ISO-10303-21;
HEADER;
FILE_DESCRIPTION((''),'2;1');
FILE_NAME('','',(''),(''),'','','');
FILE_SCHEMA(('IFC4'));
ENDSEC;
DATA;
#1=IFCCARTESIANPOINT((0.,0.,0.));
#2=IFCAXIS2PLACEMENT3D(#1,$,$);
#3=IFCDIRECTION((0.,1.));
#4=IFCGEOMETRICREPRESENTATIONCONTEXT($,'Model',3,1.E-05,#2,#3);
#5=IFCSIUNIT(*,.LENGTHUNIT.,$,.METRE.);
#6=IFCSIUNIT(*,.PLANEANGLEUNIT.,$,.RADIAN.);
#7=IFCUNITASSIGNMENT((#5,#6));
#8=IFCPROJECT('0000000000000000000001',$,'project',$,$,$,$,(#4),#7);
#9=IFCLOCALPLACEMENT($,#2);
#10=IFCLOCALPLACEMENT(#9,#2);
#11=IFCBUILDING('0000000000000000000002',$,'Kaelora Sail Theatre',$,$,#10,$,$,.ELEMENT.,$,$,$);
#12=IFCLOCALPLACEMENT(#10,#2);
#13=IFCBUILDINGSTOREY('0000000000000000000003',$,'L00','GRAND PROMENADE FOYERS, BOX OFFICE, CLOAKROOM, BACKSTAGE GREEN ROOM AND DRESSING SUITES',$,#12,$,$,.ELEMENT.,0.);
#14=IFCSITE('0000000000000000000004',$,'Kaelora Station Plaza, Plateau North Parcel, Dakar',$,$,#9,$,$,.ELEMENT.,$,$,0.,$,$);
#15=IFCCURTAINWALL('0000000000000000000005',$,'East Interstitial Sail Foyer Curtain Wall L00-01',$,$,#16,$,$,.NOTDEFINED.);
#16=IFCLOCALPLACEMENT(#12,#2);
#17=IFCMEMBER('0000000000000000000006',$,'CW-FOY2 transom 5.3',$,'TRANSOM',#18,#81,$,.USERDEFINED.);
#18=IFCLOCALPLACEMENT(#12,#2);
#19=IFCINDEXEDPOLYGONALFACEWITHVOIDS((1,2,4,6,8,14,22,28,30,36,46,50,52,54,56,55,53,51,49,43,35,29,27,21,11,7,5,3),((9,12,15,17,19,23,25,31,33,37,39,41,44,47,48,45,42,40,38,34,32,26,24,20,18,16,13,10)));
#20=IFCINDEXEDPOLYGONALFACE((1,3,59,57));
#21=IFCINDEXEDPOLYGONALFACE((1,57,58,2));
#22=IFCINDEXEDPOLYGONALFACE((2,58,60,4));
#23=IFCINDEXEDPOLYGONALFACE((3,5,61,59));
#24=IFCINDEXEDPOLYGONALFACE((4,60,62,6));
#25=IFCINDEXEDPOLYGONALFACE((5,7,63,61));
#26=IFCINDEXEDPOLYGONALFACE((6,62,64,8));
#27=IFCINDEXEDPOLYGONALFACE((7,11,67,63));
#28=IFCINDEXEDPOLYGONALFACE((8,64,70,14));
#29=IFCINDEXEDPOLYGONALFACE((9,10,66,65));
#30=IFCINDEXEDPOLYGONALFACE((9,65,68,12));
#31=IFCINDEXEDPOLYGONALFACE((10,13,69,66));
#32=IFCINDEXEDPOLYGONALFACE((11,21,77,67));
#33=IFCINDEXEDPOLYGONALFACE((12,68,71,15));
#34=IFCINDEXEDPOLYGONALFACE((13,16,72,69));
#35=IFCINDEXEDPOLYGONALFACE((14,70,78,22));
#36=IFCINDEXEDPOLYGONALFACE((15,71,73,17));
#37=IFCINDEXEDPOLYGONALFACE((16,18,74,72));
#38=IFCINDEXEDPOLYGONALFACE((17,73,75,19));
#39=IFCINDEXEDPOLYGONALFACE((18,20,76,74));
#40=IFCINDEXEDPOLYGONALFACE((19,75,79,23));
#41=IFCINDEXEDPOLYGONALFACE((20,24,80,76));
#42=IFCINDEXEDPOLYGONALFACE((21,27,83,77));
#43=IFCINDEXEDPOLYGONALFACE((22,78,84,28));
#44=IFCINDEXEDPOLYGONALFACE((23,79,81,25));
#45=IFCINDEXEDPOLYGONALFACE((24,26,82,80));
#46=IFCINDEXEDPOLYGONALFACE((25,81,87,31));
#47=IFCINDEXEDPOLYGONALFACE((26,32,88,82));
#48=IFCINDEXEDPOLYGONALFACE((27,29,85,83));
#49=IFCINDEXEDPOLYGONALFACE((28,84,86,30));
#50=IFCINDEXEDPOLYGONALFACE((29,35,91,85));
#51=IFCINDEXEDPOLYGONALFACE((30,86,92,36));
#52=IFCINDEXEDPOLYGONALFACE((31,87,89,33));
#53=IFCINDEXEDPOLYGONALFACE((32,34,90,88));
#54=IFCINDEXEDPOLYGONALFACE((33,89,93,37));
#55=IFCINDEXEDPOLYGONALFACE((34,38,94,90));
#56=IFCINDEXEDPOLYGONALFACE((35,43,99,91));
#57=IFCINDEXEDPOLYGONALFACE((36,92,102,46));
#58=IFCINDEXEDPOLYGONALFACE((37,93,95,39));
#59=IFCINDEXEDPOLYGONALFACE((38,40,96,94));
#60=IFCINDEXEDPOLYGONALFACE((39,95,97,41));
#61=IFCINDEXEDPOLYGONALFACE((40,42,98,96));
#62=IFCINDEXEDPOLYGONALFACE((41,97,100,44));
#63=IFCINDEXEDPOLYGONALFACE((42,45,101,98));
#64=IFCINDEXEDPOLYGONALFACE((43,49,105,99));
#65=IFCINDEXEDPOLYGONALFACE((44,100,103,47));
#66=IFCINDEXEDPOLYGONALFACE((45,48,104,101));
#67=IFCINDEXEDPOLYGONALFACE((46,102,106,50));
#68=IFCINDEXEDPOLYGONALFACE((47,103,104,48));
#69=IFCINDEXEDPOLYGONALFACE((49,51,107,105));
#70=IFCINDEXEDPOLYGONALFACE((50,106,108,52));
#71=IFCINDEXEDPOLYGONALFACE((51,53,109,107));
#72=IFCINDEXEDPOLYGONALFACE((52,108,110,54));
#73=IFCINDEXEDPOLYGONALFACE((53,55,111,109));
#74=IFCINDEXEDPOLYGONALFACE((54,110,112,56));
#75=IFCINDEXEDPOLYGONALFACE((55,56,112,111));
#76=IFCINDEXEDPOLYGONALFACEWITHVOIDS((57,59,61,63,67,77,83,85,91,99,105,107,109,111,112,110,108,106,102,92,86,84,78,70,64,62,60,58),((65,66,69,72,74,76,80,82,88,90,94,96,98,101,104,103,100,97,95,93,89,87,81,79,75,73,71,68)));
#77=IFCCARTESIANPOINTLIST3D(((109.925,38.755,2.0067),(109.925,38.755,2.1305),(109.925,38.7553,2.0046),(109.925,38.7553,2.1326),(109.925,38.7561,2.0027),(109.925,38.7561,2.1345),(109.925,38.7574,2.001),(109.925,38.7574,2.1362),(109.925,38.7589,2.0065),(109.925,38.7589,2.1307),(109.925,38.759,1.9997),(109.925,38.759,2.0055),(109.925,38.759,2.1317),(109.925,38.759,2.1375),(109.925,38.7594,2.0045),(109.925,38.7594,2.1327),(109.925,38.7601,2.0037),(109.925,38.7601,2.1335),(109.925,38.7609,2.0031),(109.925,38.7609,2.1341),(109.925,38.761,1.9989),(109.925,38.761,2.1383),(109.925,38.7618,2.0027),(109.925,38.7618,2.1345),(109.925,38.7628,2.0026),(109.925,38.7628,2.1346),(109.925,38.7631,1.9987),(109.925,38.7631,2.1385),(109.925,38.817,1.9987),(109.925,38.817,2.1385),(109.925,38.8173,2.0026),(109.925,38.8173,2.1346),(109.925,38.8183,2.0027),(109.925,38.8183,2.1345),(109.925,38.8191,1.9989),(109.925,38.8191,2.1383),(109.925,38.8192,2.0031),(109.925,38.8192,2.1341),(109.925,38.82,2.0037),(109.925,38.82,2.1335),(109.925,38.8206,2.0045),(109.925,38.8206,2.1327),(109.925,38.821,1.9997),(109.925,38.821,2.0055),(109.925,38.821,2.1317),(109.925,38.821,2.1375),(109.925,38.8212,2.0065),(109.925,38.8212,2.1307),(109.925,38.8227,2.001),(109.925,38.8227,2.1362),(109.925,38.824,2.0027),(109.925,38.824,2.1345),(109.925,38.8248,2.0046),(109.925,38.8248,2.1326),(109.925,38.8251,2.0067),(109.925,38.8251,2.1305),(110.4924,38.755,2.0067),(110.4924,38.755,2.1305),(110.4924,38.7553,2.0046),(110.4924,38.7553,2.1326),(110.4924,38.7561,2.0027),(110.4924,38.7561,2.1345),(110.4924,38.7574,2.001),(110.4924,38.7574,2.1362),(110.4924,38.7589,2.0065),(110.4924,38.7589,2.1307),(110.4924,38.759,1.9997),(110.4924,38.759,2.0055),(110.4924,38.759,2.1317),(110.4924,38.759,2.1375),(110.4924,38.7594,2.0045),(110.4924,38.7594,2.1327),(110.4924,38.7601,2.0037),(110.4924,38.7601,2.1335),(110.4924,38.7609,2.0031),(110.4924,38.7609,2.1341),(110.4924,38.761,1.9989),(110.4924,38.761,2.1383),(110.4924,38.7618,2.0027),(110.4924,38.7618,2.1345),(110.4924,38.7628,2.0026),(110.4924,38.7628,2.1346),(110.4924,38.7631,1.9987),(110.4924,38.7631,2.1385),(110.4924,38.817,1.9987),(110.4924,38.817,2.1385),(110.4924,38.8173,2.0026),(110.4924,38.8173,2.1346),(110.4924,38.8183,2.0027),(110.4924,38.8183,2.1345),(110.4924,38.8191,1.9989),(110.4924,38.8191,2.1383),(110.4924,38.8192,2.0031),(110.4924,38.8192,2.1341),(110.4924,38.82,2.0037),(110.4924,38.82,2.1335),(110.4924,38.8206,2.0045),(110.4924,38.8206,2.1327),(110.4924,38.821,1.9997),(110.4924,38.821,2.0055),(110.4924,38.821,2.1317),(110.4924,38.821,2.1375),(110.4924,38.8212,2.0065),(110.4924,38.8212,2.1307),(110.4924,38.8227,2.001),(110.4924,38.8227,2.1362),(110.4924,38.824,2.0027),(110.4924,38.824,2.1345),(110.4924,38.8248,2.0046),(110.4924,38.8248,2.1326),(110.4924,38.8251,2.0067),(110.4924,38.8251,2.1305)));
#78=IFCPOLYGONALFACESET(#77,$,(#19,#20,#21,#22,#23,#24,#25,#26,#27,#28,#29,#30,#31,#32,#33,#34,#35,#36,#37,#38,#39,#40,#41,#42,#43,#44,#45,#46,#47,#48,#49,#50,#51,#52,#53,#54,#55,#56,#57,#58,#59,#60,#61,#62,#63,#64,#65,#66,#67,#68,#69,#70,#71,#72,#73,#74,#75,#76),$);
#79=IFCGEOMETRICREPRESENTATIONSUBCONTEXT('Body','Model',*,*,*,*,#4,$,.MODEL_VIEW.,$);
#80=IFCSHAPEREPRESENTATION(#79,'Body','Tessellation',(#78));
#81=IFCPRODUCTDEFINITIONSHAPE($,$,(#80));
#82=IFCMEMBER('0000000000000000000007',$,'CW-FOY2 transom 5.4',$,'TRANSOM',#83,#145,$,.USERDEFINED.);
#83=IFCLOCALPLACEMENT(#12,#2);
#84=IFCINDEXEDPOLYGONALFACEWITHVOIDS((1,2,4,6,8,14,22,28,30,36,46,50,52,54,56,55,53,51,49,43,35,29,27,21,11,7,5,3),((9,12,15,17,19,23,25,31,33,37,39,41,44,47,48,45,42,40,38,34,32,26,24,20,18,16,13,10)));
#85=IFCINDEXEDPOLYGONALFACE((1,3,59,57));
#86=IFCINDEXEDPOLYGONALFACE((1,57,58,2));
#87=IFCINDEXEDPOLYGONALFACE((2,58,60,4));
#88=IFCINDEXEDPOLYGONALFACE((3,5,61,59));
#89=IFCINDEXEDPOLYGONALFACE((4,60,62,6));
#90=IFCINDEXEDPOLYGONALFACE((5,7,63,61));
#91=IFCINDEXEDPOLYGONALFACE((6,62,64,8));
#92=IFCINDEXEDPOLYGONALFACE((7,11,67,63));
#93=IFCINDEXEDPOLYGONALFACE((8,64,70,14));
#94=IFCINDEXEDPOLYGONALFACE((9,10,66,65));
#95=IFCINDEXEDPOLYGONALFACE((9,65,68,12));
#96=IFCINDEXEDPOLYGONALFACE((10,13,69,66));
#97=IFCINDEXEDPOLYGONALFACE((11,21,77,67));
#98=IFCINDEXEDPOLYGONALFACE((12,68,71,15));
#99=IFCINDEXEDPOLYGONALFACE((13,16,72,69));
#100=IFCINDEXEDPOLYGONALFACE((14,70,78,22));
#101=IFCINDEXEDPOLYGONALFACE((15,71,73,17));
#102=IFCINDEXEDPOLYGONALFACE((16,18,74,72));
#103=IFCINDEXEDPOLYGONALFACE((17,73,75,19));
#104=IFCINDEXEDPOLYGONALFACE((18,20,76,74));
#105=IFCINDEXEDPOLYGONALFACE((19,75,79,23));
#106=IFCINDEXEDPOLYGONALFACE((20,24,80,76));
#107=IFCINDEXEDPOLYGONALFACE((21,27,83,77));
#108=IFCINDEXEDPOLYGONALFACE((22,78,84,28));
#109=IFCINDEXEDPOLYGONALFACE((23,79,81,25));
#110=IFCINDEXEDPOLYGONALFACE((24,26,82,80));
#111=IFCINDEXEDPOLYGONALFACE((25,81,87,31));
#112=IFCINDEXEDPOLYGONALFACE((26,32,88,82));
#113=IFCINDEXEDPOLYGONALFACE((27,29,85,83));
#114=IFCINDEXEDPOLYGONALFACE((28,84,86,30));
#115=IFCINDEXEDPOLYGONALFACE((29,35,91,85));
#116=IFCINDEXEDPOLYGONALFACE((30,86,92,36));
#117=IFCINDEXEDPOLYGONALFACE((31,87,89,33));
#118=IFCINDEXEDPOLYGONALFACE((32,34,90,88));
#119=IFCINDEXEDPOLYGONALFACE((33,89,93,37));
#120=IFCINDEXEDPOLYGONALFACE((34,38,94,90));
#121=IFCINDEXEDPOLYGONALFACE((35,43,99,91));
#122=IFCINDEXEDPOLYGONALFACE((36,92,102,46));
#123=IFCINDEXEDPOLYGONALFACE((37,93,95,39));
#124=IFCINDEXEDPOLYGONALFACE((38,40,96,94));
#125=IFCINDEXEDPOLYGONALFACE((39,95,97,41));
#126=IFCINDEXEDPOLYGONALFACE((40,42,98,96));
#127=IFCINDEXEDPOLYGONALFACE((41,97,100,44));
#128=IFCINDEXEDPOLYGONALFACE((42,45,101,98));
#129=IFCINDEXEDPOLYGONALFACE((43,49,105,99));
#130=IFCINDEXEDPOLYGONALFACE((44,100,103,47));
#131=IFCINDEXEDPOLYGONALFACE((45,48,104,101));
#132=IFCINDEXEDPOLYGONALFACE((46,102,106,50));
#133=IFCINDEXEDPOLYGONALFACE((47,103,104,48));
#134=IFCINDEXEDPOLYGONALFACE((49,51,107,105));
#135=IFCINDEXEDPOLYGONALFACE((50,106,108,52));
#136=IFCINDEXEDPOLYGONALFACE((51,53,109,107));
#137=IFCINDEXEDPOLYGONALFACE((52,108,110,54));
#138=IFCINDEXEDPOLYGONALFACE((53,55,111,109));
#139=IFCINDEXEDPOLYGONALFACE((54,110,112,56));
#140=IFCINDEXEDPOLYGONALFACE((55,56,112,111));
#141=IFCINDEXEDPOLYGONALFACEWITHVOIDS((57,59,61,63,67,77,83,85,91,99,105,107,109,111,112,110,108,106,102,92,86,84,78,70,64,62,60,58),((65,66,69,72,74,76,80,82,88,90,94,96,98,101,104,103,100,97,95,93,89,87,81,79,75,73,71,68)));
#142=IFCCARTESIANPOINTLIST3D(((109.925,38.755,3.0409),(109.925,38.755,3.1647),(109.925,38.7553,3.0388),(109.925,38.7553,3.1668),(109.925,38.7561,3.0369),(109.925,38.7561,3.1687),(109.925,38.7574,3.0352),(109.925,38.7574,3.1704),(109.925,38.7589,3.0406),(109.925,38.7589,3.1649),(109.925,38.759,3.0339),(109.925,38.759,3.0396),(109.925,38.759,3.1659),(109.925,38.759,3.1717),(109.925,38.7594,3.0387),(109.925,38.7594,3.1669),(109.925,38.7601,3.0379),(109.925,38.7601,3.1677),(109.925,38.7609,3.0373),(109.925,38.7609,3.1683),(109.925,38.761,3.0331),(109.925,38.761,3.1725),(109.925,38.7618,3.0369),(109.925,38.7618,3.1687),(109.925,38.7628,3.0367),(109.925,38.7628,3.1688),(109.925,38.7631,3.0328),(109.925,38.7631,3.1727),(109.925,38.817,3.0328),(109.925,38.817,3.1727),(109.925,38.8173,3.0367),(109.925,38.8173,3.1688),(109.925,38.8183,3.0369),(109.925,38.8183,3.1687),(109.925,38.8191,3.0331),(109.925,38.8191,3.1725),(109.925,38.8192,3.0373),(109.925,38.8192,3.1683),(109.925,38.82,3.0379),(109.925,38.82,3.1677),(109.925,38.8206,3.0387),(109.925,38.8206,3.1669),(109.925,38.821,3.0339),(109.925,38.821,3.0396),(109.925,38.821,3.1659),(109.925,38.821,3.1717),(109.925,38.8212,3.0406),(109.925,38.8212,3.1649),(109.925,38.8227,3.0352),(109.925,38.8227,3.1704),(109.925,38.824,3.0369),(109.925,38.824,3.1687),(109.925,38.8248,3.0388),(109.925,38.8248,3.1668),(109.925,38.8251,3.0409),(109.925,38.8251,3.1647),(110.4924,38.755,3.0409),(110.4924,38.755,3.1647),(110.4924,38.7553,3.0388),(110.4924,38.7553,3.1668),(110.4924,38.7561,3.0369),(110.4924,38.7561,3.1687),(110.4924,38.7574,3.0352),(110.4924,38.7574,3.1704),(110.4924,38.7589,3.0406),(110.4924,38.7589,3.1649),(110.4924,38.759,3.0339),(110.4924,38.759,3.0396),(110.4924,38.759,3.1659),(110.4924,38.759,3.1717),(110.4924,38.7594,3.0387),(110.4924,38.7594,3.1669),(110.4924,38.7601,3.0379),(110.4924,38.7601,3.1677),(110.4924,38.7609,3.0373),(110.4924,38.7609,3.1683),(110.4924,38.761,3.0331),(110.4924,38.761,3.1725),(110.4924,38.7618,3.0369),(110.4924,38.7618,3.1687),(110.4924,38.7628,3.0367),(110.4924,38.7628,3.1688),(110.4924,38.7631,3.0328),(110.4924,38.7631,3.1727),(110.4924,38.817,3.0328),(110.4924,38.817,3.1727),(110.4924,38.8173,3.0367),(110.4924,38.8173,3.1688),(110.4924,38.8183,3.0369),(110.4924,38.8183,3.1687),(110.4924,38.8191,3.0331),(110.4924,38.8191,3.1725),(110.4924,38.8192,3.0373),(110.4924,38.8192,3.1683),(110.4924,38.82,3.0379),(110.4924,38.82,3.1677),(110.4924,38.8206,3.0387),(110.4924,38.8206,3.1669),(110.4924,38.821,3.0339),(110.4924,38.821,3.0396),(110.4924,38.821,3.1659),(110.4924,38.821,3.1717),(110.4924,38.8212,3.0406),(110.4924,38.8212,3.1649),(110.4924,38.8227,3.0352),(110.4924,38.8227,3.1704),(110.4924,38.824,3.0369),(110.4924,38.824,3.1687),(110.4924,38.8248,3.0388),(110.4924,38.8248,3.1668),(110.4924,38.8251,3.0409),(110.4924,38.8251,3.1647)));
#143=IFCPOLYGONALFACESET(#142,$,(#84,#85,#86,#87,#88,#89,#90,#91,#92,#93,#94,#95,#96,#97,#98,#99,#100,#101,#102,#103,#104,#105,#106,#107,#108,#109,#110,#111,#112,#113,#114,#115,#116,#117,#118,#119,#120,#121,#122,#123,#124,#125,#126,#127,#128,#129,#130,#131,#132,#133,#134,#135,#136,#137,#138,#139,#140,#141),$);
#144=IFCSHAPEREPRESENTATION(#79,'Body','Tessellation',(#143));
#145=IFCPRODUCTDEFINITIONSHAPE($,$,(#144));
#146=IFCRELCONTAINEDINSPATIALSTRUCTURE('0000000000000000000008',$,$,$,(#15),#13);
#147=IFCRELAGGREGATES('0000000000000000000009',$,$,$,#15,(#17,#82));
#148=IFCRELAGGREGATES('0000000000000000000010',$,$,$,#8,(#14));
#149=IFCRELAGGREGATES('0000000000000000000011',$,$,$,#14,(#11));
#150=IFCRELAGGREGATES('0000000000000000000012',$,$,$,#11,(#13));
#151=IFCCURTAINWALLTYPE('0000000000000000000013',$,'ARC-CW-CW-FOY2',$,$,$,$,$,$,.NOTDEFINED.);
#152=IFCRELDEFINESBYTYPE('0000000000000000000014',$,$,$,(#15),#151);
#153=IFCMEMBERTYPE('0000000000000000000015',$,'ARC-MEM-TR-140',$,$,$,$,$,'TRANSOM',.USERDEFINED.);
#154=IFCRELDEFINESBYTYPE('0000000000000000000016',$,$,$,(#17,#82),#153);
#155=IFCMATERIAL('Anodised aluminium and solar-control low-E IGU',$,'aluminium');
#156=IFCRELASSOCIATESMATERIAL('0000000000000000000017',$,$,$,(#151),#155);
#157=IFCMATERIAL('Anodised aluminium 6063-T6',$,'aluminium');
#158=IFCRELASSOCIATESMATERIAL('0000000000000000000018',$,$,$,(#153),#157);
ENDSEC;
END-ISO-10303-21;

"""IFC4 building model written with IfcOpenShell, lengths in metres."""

from ifc_helpers import new_model, si_unit, direction, frame, origin, origin_2d, place, context, subcontext, project, spatial, hollow_rectangle, extrude, material, material_profile, profile_set, type_object, element, aggregate, save


model = new_model("IFC4")

# Units and contexts
model_context = context("Model", 3, precision=1e-05, world=origin(), true_north=direction((0.0, 1.0)))
body_context = subcontext(model_context, "Body", "Model", "MODEL_VIEW")
ifc_project = project(units=[si_unit("LENGTHUNIT", "METRE"), si_unit("PLANEANGLEUNIT", "RADIAN")], contexts=[model_context])

# Site, building, storey
site_placement = place(None, origin())
site = spatial("IfcSite", under=ifc_project, at=site_placement, Name="Kaelora Station Plaza, Plateau North Parcel, Dakar", CompositionType="ELEMENT", RefElevation=0.0)
building_placement = place(site_placement, origin())
building = spatial("IfcBuilding", under=site, at=building_placement, Name="Kaelora Sail Theatre", CompositionType="ELEMENT")
storey_placement = place(building_placement, origin())
storey = spatial("IfcBuildingStorey", under=building, at=storey_placement, Name="L00", Description="GRAND PROMENADE FOYERS, BOX OFFICE, CLOAKROOM, BACKSTAGE GREEN ROOM AND DRESSING SUITES", CompositionType="ELEMENT", Elevation=0.0)

# Curtain wall, members
ifc_material_1 = material(Name="Anodised aluminium and solar-control low-E IGU", Category="aluminium")
curtain_wall_type = type_object("IfcCurtainWallType", Name="ARC-CW-CW-FOY2", PredefinedType="NOTDEFINED", material=ifc_material_1)
curtain_wall_1_placement = place(storey_placement, origin())
curtain_wall_1 = element("IfcCurtainWall", 1, at=curtain_wall_1_placement, inside=storey, type_object=curtain_wall_type, Name="East Interstitial Sail Foyer Curtain Wall L00-01", PredefinedType="NOTDEFINED")
ifc_material_2 = material(Name="Anodised aluminium 6063-T6", Category="aluminium")
ifc_material_profile = material_profile(ifc_material_2, hollow_rectangle(XDim=0.0701, YDim=0.1399, WallThickness=0.0039, InnerFilletRadius=0.0039, OuterFilletRadius=0.0081, at=origin_2d()), Name="ALU-TRAN 70x140x4")
ifc_profile_set = profile_set([ifc_material_profile], Name="Anodised aluminium 6063-T6")
member_type = type_object("IfcMemberType", Name="ARC-MEM-TR-140", ElementType="TRANSOM", PredefinedType="USERDEFINED", material=ifc_profile_set)
member_1_placement = place(storey_placement, frame((109.925, 38.79, 2.0686), z_axis=(1.0, 0.0, 0.0), x_axis=(0.0, 1.0, 0.0)))
member_1 = element("IfcMember", 2, at=member_1_placement, type_object=member_type, Name="CW-FOY2 transom 5.3", ObjectType="TRANSOM", PredefinedType="USERDEFINED", context=body_context, shape_type="SweptSolid", body=[
    extrude(hollow_rectangle(XDim=0.0701, YDim=0.1399, WallThickness=0.0039, InnerFilletRadius=0.0039, OuterFilletRadius=0.0081, at=origin_2d()), origin(), (0.0, 0.0, 1.0), 0.5674),
])
member_2_placement = place(storey_placement, frame((109.925, 38.79, 3.1028), z_axis=(1.0, 0.0, 0.0), x_axis=(0.0, 1.0, 0.0)))
member_2 = element("IfcMember", 3, at=member_2_placement, type_object=member_type, Name="CW-FOY2 transom 5.4", ObjectType="TRANSOM", PredefinedType="USERDEFINED", context=body_context, shape_type="SweptSolid", body=[
    extrude(hollow_rectangle(XDim=0.0701, YDim=0.1399, WallThickness=0.0039, InnerFilletRadius=0.0039, OuterFilletRadius=0.0081, at=origin_2d()), origin(), (0.0, 0.0, 1.0), 0.5674),
])

aggregate(curtain_wall_1, [member_1, member_2])

save(model, "model.ifc")
